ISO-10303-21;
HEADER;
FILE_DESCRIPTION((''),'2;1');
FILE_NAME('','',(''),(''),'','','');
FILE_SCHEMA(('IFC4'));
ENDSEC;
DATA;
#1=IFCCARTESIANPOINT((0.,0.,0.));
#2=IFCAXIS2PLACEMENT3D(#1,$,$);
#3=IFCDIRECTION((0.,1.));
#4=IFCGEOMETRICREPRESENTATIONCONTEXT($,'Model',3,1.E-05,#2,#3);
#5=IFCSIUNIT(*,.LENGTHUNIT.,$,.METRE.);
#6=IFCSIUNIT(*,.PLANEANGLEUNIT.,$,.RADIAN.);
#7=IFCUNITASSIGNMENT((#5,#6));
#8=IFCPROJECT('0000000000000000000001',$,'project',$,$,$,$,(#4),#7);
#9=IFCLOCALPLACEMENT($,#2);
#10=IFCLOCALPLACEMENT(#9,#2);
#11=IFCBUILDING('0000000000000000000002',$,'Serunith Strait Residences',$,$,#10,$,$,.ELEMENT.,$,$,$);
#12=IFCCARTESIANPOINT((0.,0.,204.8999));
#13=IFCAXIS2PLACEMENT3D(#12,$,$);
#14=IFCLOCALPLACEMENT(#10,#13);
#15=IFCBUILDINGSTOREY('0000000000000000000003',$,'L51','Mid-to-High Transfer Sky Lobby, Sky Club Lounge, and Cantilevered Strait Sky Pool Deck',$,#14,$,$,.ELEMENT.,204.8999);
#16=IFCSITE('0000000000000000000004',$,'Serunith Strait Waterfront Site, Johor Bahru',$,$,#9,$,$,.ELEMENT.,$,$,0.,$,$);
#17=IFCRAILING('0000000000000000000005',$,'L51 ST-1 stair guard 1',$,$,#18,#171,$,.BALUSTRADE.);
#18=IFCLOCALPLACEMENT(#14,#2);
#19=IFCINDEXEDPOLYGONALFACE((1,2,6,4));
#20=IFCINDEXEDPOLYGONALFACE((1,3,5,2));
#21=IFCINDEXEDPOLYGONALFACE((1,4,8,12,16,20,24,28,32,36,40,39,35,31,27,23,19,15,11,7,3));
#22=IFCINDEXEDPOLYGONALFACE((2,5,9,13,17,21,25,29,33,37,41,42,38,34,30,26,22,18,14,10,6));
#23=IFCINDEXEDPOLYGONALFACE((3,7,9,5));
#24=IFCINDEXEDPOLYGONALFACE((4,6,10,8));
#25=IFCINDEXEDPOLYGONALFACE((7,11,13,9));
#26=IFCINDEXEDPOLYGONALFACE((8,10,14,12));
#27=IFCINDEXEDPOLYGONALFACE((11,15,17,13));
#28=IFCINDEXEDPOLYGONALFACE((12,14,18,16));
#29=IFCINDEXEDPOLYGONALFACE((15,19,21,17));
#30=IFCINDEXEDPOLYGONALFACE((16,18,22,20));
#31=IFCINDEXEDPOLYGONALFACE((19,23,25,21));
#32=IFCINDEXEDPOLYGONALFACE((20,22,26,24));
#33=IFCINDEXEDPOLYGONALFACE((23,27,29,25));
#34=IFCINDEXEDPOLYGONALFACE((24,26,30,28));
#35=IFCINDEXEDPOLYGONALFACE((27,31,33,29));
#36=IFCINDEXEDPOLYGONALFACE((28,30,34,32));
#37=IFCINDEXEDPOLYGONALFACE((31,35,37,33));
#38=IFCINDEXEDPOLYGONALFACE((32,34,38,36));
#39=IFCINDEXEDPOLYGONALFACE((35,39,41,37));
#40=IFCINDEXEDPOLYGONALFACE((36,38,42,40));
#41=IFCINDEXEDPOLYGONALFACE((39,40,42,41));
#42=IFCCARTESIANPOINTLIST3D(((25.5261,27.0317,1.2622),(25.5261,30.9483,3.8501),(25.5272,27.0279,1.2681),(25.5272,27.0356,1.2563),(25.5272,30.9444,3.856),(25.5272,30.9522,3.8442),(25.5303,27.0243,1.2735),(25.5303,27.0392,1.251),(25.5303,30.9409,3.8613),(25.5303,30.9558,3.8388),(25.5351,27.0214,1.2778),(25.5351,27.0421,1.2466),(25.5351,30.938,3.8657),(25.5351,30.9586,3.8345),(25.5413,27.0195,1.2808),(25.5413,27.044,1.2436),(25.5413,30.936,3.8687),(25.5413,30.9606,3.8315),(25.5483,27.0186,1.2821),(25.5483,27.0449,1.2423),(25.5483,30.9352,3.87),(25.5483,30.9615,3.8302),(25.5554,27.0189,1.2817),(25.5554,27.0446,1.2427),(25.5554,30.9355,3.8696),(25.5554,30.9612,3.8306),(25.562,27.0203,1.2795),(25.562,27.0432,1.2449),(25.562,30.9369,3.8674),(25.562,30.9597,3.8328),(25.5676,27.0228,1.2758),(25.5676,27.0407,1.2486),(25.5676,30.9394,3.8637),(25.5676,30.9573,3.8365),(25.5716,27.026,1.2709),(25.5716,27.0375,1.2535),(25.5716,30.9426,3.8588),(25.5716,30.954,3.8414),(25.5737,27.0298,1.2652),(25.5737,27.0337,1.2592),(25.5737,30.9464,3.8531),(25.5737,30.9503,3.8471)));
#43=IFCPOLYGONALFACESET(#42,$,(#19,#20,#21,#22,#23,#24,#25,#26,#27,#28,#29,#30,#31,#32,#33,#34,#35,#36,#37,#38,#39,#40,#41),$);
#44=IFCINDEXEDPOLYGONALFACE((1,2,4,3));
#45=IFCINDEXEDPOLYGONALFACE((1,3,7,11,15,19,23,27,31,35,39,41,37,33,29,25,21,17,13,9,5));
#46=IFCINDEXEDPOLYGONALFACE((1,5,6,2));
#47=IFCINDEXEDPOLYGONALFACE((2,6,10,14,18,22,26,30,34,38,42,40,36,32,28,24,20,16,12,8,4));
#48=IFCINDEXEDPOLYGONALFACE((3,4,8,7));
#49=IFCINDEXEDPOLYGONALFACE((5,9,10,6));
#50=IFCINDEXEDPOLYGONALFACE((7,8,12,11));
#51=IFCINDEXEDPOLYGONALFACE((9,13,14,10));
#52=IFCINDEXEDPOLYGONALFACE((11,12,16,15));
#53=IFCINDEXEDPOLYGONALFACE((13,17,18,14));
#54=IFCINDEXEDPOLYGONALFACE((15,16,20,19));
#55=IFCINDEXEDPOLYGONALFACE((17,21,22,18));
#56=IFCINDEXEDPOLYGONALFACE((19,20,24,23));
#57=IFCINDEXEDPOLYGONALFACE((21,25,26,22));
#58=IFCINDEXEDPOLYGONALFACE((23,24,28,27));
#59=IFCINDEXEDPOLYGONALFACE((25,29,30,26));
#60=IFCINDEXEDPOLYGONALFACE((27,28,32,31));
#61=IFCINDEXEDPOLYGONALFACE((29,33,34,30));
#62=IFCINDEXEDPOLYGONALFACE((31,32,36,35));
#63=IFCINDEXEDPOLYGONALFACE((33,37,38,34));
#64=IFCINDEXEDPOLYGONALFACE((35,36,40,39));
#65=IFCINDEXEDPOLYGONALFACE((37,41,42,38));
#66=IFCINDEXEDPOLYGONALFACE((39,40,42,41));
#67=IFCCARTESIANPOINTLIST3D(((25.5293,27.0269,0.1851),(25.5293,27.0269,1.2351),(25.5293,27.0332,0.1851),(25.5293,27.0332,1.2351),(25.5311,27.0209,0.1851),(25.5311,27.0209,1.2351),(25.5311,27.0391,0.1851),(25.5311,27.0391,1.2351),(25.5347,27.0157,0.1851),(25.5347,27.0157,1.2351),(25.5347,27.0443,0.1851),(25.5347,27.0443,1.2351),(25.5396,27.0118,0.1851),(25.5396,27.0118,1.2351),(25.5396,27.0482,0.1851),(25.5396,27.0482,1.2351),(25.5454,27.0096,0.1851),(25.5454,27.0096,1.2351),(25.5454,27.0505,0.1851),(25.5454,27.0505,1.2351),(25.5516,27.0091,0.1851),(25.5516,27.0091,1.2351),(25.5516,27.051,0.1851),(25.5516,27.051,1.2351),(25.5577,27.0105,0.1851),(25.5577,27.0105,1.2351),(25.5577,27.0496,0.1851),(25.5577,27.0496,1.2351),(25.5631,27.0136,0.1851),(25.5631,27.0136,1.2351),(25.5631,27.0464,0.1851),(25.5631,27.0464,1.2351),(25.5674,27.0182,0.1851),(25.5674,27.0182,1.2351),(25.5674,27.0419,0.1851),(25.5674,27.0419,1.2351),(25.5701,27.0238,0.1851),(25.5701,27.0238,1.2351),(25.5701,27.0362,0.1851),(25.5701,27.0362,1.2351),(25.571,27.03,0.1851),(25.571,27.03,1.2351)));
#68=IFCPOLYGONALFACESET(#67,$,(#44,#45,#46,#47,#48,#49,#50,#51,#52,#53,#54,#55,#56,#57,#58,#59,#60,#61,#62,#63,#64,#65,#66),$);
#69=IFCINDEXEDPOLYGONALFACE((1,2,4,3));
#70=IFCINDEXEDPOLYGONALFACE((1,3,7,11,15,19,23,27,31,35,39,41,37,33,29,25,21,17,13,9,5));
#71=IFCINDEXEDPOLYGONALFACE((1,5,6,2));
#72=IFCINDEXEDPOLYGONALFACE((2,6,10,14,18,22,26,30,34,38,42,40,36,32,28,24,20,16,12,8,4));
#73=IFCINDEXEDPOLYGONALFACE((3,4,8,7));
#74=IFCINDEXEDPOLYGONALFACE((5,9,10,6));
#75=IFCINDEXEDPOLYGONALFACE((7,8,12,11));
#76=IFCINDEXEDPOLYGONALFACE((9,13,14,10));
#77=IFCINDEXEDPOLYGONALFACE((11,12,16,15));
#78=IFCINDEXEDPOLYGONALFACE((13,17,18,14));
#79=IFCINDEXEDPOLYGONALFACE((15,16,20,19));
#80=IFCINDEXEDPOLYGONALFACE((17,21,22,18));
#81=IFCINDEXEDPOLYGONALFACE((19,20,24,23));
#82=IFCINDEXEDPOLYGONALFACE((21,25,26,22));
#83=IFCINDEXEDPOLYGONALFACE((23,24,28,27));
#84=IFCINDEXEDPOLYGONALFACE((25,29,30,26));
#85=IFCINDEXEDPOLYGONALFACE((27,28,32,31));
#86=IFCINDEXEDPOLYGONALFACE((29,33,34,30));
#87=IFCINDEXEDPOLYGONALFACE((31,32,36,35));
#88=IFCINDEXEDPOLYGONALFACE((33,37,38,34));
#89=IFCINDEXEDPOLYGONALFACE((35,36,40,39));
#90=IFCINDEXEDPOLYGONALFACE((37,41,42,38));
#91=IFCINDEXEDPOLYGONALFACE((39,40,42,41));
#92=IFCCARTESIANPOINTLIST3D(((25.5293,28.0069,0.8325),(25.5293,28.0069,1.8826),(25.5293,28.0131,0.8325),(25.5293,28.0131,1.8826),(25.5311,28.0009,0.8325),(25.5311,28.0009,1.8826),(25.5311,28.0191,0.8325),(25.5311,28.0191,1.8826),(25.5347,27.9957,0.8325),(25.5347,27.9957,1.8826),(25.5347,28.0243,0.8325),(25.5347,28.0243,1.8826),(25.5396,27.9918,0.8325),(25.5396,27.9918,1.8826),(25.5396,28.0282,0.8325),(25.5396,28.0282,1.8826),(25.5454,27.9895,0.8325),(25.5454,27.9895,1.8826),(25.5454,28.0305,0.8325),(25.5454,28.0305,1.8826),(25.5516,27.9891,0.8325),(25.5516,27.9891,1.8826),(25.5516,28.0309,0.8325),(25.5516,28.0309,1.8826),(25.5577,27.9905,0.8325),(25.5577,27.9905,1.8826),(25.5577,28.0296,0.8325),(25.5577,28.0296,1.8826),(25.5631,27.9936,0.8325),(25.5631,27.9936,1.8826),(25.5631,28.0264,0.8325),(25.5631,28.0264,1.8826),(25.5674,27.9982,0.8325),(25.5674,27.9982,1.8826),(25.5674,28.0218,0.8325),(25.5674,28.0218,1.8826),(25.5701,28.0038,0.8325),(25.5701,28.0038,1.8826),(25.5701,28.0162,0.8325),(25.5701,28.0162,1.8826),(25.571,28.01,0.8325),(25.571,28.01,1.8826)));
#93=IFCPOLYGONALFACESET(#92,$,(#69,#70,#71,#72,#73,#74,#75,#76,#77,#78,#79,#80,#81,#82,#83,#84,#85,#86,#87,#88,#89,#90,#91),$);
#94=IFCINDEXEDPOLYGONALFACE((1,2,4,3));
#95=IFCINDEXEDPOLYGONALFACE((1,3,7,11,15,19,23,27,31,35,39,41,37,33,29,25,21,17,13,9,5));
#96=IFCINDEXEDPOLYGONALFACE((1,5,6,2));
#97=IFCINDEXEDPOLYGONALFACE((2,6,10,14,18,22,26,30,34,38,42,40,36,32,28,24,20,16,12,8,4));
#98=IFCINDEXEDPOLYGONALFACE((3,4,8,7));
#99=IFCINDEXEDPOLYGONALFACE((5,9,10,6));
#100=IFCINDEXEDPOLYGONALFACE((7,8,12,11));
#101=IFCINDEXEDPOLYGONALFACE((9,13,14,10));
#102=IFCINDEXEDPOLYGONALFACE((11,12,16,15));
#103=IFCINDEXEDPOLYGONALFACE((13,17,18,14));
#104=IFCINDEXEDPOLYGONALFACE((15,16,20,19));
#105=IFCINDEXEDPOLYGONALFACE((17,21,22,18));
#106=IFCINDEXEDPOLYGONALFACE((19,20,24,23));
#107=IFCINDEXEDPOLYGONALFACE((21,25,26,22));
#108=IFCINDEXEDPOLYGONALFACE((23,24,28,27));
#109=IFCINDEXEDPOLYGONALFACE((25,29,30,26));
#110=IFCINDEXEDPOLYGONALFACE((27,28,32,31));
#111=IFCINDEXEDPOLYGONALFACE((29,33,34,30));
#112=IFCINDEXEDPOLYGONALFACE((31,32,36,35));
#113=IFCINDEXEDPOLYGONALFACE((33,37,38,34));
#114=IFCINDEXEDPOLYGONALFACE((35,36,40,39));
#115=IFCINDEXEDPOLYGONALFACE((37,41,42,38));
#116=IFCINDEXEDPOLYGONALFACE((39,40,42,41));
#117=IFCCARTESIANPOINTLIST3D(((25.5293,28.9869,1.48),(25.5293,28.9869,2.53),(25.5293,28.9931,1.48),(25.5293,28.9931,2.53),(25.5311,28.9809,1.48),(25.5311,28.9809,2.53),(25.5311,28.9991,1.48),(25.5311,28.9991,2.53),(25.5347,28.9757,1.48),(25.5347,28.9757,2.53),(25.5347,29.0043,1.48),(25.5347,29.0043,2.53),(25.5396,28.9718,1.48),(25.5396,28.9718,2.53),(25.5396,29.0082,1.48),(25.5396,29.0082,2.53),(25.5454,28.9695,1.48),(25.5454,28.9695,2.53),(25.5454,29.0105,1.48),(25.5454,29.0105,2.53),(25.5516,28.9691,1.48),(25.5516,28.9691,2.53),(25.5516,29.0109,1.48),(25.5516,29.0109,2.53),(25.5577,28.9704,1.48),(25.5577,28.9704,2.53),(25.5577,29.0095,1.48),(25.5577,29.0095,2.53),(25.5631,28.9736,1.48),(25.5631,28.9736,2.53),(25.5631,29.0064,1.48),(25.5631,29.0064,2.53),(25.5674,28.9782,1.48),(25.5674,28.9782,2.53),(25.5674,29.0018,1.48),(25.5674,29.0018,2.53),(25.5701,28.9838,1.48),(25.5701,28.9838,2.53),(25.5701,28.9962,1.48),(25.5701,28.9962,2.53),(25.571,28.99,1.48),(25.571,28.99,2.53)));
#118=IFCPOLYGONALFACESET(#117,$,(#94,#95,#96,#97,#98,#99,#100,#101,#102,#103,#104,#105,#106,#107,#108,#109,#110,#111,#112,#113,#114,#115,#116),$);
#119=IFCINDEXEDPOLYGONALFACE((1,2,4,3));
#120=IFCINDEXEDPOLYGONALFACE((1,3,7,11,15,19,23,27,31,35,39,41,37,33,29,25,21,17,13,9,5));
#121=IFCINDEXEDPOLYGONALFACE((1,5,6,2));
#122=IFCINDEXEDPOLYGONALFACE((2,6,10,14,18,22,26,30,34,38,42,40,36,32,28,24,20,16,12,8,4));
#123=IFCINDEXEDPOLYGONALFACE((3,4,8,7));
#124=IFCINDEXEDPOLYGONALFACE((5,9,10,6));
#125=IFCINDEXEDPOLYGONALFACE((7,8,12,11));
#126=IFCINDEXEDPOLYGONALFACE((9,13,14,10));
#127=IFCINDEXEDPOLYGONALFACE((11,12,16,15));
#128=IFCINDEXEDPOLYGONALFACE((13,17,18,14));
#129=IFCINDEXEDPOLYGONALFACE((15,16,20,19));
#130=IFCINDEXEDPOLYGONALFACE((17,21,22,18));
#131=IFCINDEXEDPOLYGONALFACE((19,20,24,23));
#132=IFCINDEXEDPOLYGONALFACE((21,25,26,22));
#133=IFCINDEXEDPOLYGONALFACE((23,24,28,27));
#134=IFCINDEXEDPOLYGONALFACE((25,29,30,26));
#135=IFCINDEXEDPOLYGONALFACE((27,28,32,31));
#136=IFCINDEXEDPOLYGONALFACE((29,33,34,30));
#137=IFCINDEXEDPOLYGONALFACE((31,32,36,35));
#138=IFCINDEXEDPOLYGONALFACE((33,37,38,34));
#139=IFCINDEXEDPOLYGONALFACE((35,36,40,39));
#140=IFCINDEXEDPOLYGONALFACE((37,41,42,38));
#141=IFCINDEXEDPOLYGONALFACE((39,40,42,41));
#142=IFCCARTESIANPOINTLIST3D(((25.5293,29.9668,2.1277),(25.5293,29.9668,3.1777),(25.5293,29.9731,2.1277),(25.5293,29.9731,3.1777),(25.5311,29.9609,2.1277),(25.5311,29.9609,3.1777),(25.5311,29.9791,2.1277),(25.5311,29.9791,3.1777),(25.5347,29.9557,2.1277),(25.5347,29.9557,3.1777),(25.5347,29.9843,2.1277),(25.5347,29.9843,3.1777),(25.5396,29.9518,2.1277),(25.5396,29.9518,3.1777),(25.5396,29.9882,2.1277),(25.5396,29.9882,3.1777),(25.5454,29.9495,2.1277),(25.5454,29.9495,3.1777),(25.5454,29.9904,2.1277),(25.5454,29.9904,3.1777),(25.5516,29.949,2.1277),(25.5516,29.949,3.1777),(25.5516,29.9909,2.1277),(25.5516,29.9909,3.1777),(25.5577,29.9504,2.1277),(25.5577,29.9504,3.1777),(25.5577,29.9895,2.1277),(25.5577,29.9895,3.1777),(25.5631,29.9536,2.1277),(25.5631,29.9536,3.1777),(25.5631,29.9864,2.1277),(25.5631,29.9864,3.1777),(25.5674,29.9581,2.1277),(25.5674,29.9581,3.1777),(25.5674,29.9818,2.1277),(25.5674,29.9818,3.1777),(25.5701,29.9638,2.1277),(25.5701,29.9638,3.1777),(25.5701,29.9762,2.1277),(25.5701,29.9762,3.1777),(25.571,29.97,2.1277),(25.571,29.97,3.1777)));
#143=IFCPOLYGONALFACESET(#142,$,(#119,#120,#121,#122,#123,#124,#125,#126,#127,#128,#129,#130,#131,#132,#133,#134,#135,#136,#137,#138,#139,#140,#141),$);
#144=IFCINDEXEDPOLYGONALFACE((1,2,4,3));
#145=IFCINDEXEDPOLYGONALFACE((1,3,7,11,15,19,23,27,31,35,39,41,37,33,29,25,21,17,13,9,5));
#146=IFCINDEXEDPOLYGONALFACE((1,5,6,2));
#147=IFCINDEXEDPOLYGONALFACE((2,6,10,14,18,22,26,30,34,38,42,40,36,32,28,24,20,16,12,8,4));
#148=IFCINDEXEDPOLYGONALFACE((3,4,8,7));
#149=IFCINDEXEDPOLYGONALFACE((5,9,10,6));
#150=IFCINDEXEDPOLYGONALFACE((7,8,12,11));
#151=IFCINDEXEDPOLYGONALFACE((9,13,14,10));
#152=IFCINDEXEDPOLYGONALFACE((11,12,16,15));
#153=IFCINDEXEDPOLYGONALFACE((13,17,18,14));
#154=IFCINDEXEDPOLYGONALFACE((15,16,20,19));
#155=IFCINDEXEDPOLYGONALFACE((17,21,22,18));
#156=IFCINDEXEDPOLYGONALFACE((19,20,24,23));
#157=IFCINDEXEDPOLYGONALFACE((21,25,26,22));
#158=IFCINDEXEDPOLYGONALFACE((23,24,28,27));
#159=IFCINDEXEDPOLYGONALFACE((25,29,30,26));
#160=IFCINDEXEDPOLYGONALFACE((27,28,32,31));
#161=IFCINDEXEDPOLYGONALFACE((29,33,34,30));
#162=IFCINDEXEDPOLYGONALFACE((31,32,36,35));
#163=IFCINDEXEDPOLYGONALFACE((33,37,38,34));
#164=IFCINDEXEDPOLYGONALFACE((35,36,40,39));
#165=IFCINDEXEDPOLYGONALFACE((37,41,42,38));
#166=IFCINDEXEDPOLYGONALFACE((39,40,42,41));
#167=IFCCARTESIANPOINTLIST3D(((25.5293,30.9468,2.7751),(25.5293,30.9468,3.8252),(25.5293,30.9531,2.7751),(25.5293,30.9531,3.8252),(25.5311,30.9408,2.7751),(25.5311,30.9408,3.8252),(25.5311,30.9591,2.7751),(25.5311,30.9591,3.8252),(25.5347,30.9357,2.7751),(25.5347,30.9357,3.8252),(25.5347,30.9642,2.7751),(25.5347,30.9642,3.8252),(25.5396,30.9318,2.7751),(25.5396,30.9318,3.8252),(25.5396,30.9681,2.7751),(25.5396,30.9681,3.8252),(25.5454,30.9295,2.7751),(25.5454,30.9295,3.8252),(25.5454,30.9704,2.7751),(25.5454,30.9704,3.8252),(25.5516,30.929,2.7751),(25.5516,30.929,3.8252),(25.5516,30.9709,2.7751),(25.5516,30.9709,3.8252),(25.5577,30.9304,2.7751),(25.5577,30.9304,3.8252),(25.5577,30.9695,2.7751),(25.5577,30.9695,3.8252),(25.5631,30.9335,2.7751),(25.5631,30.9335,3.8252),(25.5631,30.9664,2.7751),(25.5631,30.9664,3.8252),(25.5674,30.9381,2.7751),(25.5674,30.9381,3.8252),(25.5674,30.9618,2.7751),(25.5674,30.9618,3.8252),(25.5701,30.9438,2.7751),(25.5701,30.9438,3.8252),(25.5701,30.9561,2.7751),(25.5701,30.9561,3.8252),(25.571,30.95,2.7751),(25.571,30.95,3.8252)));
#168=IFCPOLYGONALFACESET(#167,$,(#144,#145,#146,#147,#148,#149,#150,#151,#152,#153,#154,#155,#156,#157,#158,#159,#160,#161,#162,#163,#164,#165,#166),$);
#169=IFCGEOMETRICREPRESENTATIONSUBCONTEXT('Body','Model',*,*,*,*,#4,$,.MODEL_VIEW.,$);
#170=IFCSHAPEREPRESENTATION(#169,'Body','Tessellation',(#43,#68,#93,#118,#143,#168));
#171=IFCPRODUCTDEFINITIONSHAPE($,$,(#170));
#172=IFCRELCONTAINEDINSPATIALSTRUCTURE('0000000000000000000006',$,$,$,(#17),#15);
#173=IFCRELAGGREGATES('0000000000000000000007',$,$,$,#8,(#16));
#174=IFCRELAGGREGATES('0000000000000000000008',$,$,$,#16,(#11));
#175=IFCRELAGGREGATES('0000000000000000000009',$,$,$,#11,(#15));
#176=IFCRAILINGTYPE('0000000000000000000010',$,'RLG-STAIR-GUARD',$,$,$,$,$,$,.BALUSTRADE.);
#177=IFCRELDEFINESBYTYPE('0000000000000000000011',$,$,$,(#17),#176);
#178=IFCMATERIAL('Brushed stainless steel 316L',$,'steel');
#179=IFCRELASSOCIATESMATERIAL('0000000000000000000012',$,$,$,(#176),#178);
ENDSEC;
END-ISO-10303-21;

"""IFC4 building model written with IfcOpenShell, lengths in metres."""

from ifc_helpers import new_model, si_unit, direction, frame, origin, origin_2d, place, context, subcontext, project, spatial, circle, extrude, material, type_object, element, save


model = new_model("IFC4")

# Units and contexts
model_context = context("Model", 3, precision=1e-05, world=origin(), true_north=direction((0.0, 1.0)))
body_context = subcontext(model_context, "Body", "Model", "MODEL_VIEW")
ifc_project = project(units=[si_unit("LENGTHUNIT", "METRE"), si_unit("PLANEANGLEUNIT", "RADIAN")], contexts=[model_context])

# Site, building, storey
site_placement = place(None, origin())
site = spatial("IfcSite", under=ifc_project, at=site_placement, Name="Serunith Strait Waterfront Site, Johor Bahru", CompositionType="ELEMENT", RefElevation=0.0)
building_placement = place(site_placement, origin())
building = spatial("IfcBuilding", under=site, at=building_placement, Name="Serunith Strait Residences", CompositionType="ELEMENT")
storey_placement = place(building_placement, frame((0.0, 0.0, 204.8999)))
storey = spatial("IfcBuildingStorey", under=building, at=storey_placement, Name="L51", Description="Mid-to-High Transfer Sky Lobby, Sky Club Lounge, and Cantilevered Strait Sky Pool Deck", CompositionType="ELEMENT", Elevation=204.8999)

# Railing
ifc_material_1 = material(Name="Brushed stainless steel 316L", Category="steel")
railing_type_1 = type_object("IfcRailingType", Name="RLG-STAIR-GUARD", PredefinedType="BALUSTRADE", material=ifc_material_1)
railing_1_placement = place(storey_placement, frame((25.55, 27.03, 0.1851)))
element("IfcRailing", 1, at=railing_1_placement, inside=storey, type_object=railing_type_1, Name="L51 ST-1 stair guard 1", PredefinedType="BALUSTRADE", context=body_context, shape_type="SweptSolid", body=[
    extrude(circle(Radius=0.0239, at=origin_2d()), frame((0.0, 0.0017, 1.0771), z_axis=(0.0, 0.834322, 0.551278), x_axis=(-1.0, 0.0, 0.0)), (0.0, 0.0, 1.0), 4.6943),
    extrude(circle(Radius=0.021, at=origin_2d()), origin(), (0.0, 0.0, 1.0), 1.05),
    extrude(circle(Radius=0.021, at=origin_2d()), frame((0.0, 0.98, 0.6475)), (0.0, 0.0, 1.0), 1.05),
    extrude(circle(Radius=0.021, at=origin_2d()), frame((0.0, 1.96, 1.2949)), (0.0, 0.0, 1.0), 1.05),
    extrude(circle(Radius=0.021, at=origin_2d()), frame((0.0, 2.9399, 1.9426)), (0.0, 0.0, 1.0), 1.05),
    extrude(circle(Radius=0.021, at=origin_2d()), frame((0.0, 3.9199, 2.5901)), (0.0, 0.0, 1.0), 1.05),
])

save(model, "model.ifc")
